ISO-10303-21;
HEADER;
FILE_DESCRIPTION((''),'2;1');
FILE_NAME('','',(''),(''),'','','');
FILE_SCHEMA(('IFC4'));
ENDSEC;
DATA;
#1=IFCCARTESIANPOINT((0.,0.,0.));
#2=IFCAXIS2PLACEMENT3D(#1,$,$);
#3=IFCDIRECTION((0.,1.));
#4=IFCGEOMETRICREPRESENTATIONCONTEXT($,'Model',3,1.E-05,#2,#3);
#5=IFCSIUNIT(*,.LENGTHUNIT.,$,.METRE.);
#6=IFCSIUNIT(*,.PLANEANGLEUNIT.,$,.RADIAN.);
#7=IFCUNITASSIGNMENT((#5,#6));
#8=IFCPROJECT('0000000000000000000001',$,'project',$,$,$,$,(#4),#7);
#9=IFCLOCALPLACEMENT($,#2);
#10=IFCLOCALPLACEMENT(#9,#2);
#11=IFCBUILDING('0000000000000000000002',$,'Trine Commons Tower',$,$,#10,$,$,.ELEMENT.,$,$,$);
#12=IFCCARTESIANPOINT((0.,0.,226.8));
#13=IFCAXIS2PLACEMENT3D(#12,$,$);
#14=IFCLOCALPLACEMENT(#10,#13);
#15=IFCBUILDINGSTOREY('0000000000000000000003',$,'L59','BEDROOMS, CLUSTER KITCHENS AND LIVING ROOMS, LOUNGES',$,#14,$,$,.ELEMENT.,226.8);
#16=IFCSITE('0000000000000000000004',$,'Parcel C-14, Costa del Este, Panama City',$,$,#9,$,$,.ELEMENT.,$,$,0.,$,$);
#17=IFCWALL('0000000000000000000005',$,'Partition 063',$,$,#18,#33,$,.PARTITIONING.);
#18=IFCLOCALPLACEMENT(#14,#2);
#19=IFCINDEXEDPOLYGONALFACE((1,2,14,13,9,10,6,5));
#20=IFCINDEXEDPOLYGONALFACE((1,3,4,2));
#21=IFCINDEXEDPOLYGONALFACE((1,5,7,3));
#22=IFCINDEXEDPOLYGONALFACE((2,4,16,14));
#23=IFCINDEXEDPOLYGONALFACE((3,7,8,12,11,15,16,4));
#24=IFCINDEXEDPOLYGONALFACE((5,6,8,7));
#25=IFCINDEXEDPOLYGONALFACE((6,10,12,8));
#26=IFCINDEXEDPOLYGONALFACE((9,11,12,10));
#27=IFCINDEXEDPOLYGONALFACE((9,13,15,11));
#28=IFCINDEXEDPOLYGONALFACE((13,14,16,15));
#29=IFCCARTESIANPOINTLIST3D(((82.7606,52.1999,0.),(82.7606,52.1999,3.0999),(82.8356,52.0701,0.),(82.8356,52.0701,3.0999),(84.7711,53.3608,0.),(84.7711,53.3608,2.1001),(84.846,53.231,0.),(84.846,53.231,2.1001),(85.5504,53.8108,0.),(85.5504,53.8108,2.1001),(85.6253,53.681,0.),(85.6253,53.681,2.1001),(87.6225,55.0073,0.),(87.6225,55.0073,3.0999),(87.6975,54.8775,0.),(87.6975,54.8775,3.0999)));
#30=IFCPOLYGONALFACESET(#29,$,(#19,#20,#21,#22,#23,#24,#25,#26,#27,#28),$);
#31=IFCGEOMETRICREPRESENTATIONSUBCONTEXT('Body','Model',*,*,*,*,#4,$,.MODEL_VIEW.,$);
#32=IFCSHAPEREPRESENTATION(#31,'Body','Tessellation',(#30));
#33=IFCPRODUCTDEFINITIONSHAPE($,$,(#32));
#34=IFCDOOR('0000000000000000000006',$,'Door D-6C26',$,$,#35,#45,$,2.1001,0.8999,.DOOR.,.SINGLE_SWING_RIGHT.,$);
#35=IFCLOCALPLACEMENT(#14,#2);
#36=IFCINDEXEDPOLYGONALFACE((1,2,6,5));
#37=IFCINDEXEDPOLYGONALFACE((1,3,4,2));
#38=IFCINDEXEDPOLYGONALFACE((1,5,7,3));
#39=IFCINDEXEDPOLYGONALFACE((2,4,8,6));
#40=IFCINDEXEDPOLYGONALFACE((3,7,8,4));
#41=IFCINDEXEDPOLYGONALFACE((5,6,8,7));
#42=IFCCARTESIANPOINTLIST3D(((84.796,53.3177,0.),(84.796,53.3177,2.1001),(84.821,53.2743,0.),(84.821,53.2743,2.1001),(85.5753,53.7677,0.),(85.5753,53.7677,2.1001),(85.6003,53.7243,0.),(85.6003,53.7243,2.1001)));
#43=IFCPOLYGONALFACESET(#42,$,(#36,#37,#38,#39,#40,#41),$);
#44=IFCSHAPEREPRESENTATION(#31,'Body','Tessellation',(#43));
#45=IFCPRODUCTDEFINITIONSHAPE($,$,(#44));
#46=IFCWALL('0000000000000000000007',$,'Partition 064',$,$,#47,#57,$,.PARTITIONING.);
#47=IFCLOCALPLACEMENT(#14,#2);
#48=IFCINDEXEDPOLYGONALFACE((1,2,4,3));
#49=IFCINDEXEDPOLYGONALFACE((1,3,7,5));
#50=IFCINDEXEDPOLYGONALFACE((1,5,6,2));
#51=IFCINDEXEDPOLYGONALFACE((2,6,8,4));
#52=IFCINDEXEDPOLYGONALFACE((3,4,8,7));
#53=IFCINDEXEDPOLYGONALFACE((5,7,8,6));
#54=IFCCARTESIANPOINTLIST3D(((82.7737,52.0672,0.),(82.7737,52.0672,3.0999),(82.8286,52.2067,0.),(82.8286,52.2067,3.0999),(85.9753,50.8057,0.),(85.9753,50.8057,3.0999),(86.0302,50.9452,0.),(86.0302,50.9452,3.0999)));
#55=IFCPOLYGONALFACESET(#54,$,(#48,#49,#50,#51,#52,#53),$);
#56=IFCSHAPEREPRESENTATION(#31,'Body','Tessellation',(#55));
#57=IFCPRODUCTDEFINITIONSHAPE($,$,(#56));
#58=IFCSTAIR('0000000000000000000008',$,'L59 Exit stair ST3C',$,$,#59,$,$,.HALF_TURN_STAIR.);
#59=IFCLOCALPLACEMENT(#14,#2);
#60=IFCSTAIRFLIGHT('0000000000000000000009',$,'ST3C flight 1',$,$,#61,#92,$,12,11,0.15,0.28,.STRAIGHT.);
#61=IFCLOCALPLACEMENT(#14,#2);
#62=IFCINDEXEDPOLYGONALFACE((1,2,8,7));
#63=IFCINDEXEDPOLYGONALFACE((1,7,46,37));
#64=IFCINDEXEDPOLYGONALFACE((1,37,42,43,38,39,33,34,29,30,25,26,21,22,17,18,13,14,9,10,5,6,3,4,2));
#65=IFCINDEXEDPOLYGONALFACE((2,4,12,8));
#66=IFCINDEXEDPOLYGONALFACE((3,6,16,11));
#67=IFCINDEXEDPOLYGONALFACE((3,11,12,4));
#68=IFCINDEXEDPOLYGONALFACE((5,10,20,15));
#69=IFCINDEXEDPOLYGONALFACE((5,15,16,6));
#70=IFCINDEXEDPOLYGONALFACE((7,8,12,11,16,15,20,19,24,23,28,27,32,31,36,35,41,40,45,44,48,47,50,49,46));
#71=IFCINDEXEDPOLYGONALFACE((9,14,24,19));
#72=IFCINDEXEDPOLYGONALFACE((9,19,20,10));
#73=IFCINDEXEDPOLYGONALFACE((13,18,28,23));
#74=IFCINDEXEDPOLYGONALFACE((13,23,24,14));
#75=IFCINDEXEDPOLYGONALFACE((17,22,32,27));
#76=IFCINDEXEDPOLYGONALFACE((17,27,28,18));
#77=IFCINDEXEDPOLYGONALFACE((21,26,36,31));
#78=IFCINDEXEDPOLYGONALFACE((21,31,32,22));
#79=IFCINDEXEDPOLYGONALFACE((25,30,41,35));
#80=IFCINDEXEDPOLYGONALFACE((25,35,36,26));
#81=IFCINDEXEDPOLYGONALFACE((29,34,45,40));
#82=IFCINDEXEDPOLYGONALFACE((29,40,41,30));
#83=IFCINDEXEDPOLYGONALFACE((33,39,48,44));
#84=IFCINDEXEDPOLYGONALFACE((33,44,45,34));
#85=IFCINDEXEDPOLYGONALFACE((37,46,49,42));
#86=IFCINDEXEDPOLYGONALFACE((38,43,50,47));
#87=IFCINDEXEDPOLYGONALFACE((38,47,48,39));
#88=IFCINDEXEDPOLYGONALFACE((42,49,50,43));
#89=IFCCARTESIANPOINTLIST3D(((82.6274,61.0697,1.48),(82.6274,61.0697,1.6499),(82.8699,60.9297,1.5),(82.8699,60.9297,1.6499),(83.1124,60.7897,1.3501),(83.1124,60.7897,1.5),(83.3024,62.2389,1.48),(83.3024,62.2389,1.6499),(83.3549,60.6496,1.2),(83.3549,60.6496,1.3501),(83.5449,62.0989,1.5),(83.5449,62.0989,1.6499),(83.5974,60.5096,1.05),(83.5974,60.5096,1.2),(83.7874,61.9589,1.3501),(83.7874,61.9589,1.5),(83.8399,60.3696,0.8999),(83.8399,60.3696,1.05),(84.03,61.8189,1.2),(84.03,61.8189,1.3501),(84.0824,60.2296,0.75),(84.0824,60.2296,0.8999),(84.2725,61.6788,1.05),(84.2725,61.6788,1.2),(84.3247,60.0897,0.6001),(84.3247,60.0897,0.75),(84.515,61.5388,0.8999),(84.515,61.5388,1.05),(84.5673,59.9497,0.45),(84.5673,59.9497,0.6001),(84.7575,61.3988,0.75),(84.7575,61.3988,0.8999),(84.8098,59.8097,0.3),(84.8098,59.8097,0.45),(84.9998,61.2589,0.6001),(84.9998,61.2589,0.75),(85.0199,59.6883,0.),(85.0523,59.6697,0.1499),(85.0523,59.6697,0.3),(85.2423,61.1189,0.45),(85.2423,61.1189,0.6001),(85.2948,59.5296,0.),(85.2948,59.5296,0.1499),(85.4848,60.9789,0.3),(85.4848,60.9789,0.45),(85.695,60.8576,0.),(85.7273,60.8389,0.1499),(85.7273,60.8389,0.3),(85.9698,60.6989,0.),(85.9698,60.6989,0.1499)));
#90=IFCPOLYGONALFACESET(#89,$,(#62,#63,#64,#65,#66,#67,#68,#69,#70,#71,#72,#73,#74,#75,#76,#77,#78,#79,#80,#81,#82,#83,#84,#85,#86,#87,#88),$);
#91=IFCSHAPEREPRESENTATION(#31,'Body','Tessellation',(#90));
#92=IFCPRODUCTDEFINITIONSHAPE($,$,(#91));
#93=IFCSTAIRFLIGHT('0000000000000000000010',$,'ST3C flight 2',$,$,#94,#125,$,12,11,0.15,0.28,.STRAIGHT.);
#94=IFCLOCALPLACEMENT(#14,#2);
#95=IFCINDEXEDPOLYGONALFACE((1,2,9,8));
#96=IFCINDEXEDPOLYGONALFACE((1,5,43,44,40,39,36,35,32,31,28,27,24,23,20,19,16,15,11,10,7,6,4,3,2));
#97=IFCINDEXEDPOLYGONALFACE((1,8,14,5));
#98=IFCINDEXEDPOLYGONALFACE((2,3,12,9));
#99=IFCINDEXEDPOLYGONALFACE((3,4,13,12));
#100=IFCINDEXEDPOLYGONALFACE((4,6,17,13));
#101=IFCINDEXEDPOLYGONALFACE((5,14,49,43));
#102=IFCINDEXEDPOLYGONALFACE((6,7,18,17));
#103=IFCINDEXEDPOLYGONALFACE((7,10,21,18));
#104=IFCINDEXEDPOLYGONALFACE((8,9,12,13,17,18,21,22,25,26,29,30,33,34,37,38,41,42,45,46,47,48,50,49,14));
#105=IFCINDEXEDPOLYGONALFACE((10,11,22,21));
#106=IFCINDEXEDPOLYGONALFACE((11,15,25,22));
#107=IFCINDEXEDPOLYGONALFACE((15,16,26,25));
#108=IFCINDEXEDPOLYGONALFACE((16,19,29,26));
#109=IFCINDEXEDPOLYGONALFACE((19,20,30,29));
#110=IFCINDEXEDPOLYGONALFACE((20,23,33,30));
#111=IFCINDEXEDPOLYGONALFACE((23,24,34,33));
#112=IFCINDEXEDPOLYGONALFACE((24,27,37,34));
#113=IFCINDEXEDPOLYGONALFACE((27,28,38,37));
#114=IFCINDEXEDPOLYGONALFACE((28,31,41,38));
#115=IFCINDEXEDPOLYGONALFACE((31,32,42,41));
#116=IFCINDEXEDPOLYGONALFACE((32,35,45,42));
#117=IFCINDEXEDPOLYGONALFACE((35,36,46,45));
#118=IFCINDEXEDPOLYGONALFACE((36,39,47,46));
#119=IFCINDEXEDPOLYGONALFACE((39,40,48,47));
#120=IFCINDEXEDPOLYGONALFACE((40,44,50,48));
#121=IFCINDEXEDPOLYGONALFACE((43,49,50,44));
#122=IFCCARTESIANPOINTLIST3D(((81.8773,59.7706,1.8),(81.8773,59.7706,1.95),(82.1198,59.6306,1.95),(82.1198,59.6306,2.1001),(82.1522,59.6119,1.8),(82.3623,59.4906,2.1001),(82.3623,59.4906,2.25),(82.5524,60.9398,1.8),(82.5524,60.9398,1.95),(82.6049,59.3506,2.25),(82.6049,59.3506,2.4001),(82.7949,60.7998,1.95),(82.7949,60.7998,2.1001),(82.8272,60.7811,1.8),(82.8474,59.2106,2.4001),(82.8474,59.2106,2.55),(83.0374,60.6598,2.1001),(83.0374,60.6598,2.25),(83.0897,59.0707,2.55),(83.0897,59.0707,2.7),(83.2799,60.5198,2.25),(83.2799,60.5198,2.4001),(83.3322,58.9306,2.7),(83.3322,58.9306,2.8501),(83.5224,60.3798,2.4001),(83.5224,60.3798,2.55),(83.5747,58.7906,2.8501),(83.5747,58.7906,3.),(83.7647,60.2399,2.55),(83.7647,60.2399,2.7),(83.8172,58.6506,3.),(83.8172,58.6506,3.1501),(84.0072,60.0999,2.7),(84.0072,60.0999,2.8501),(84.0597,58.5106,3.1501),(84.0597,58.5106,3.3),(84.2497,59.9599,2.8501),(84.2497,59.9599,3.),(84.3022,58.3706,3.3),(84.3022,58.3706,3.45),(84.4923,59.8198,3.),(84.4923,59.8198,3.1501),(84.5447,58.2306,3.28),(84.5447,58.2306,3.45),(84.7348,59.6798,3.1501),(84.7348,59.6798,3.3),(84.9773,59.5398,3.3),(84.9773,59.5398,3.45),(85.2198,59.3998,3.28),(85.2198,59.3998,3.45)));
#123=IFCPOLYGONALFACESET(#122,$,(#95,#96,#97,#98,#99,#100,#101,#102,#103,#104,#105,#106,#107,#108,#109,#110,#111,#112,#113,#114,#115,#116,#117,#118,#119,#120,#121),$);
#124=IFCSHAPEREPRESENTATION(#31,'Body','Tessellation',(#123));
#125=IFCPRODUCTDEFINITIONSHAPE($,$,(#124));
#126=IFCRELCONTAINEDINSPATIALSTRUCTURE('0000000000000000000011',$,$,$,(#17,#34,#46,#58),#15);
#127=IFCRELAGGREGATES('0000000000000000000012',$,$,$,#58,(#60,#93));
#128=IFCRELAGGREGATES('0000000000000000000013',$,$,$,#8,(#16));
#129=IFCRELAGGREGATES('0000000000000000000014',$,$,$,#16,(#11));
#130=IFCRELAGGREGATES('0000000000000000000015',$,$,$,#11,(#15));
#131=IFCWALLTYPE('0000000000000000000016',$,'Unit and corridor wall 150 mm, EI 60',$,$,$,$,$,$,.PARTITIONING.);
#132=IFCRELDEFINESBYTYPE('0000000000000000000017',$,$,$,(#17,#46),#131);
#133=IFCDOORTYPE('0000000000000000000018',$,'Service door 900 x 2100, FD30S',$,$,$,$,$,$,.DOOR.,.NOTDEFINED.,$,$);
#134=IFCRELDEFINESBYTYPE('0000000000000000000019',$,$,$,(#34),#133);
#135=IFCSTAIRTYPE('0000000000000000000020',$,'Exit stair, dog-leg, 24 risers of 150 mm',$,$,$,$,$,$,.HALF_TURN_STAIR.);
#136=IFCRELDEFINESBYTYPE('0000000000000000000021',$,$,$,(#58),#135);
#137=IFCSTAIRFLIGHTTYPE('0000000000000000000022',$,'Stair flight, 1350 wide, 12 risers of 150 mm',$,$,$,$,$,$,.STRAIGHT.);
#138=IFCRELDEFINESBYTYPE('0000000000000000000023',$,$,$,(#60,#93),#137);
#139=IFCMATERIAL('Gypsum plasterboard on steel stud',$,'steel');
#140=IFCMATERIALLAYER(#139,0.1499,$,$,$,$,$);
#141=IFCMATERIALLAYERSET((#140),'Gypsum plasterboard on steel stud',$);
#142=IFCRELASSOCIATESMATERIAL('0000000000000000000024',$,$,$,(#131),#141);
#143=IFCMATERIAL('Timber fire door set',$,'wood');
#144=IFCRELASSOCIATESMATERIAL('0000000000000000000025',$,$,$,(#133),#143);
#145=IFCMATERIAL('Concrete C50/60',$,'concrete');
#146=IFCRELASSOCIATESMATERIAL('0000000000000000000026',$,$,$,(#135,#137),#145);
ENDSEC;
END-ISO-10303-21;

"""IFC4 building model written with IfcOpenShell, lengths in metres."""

from ifc_helpers import new_model, si_unit, direction, frame, frame_2d, origin, place, context, subcontext, project, spatial, polyline, rectangle, outline, extrude, material, layer, layer_set, type_object, element, fill, aggregate, save


model = new_model("IFC4")

# Units and contexts
model_context = context("Model", 3, precision=1e-05, world=origin(), true_north=direction((0.0, 1.0)))
body_context = subcontext(model_context, "Body", "Model", "MODEL_VIEW")
ifc_project = project(units=[si_unit("LENGTHUNIT", "METRE"), si_unit("PLANEANGLEUNIT", "RADIAN")], contexts=[model_context])

# Site, building, storey
site_placement = place(None, origin())
site = spatial("IfcSite", under=ifc_project, at=site_placement, Name="Parcel C-14, Costa del Este, Panama City", CompositionType="ELEMENT", RefElevation=0.0)
building_placement = place(site_placement, origin())
building = spatial("IfcBuilding", under=site, at=building_placement, Name="Trine Commons Tower", CompositionType="ELEMENT")
storey_placement = place(building_placement, frame((0.0, 0.0, 226.8)))
storey = spatial("IfcBuildingStorey", under=building, at=storey_placement, Name="L59", Description="BEDROOMS, CLUSTER KITCHENS AND LIVING ROOMS, LOUNGES", CompositionType="ELEMENT", Elevation=226.8)

# Wall, opening, door
ifc_material_1 = material(Name="Gypsum plasterboard on steel stud", Category="steel")
ifc_layer_1 = layer(ifc_material_1, 0.1499)
ifc_layer_set_1 = layer_set([ifc_layer_1], Name="Gypsum plasterboard on steel stud")
wall_type_1 = type_object("IfcWallType", Name="Unit and corridor wall 150 mm, EI 60", PredefinedType="PARTITIONING", material=ifc_layer_set_1)
wall_1_placement = place(storey_placement, frame((82.7981, 52.135, 0.0), z_axis=(0.0, 0.0, 1.0), x_axis=(0.865994, 0.500054, 0.0)))
wall_1 = element("IfcWall", 1, at=wall_1_placement, inside=storey, type_object=wall_type_1, Name="Partition 063", PredefinedType="PARTITIONING", context=body_context, shape_type="SweptSolid", body=[
    extrude(rectangle(XDim=5.6143, YDim=0.1499, at=frame_2d((2.8071, 0.0))), origin(), (0.0, 0.0, 1.0), 3.0999),
])
opening_1_placement = place(wall_1_placement, frame((2.3215, 0.0, 0.0)))
opening_1 = element("IfcOpeningElement", 2, at=opening_1_placement, cuts=wall_1, PredefinedType="OPENING", context=body_context, shape_type="SweptSolid", body=[
    extrude(rectangle(XDim=0.8999, YDim=2.1001, at=frame_2d((0.45, 1.05))), frame((0.0, 0.085, 0.0), z_axis=(0.0, -1.0, 0.0), x_axis=(1.0, 0.0, 0.0)), (0.0, 0.0, 1.0), 0.1699),
])
ifc_material_2 = material(Name="Timber fire door set", Category="wood")
door_type_1 = type_object("IfcDoorType", Name="Service door 900 x 2100, FD30S", OperationType="NOTDEFINED", PredefinedType="DOOR", material=ifc_material_2)
door_1_placement = place(opening_1_placement, frame((0.8999, 0.0, 0.0), z_axis=(0.0, 0.0, 1.0), x_axis=(-1.0, 0.0, 0.0)))
door_1 = element("IfcDoor", 3, at=door_1_placement, inside=storey, type_object=door_type_1, Name="Door D-6C26", OperationType="SINGLE_SWING_RIGHT", OverallHeight=2.1001, OverallWidth=0.8999, PredefinedType="DOOR", context=body_context, shape_type="SweptSolid", body=[
    extrude(rectangle(XDim=0.8999, YDim=2.1001, at=frame_2d((0.45, 1.05))), frame((0.0, 0.0249, 0.0), z_axis=(0.0, -1.0, 0.0), x_axis=(1.0, 0.0, 0.0)), (0.0, 0.0, 1.0), 0.05),
])
fill(opening_1, door_1)

# Wall
wall_2_placement = place(storey_placement, frame((82.801, 52.137, 0.0), z_axis=(0.0, 0.0, 1.0), x_axis=(0.930387, -0.366578, 0.0)))
element("IfcWall", 4, at=wall_2_placement, inside=storey, type_object=wall_type_1, Name="Partition 064", PredefinedType="PARTITIONING", context=body_context, shape_type="SweptSolid", body=[
    extrude(rectangle(XDim=3.4412, YDim=0.1499, at=frame_2d((1.7207, 0.0))), origin(), (0.0, 0.0, 1.0), 3.0999),
])

# Stair, stair flights
ifc_material_3 = material(Name="Concrete C50/60", Category="concrete")
stair_type = type_object("IfcStairType", Name="Exit stair, dog-leg, 24 risers of 150 mm", PredefinedType="HALF_TURN_STAIR", material=ifc_material_3)
stair_placement = place(storey_placement, origin())
stair = element("IfcStair", 5, at=stair_placement, inside=storey, type_object=stair_type, Name="L59 Exit stair ST3C", PredefinedType="HALF_TURN_STAIR")
stair_flight_type = type_object("IfcStairFlightType", Name="Stair flight, 1350 wide, 12 risers of 150 mm", PredefinedType="STRAIGHT", material=ifc_material_3)
stair_flight_1_placement = place(storey_placement, frame((85.6323, 60.1143, 0.0), z_axis=(0.0, 0.0, 1.0), x_axis=(-0.866025, 0.5, 0.0)))
stair_flight_1 = element("IfcStairFlight", 6, at=stair_flight_1_placement, type_object=stair_flight_type, Name="ST3C flight 1", NumberOfRisers=12, NumberOfTreads=11, PredefinedType="STRAIGHT", RiserHeight=0.15, TreadLength=0.28, context=body_context, shape_type="SweptSolid", body=[
    extrude(outline(polyline([(0.0, 0.0), (0.0, 0.1499), (0.28, 0.1499), (0.28, 0.3), (0.5601, 0.3), (0.5601, 0.45), (0.8401, 0.45), (0.8401, 0.6001), (1.1201, 0.6001), (1.1201, 0.75), (1.3999, 0.75), (1.3999, 0.8999), (1.6799, 0.8999), (1.6799, 1.05), (1.96, 1.05), (1.96, 1.2), (2.24, 1.2), (2.24, 1.3501), (2.52, 1.3501), (2.52, 1.5), (2.8, 1.5), (2.8, 1.6499), (3.0801, 1.6499), (3.0801, 1.8), (3.0801, 1.48), (0.3174, 0.0), (0.0, 0.0)])), frame((0.0, 0.675, 0.0), z_axis=(0.0, -1.0, 0.0), x_axis=(1.0, 0.0, 0.0)), (0.0, 0.0, 1.0), 1.3501),
])
stair_flight_2_placement = place(storey_placement, frame((82.2148, 60.3552, 1.8), z_axis=(0.0, 0.0, 1.0), x_axis=(0.866025, -0.5, 0.0)))
stair_flight_2 = element("IfcStairFlight", 7, at=stair_flight_2_placement, type_object=stair_flight_type, Name="ST3C flight 2", NumberOfRisers=12, NumberOfTreads=11, PredefinedType="STRAIGHT", RiserHeight=0.15, TreadLength=0.28, context=body_context, shape_type="SweptSolid", body=[
    extrude(outline(polyline([(0.0, 0.0), (0.0, 0.1499), (0.28, 0.1499), (0.28, 0.3), (0.5601, 0.3), (0.5601, 0.45), (0.8401, 0.45), (0.8401, 0.6001), (1.1201, 0.6001), (1.1201, 0.75), (1.3999, 0.75), (1.3999, 0.8999), (1.6799, 0.8999), (1.6799, 1.05), (1.96, 1.05), (1.96, 1.2), (2.24, 1.2), (2.24, 1.3501), (2.52, 1.3501), (2.52, 1.5), (2.8, 1.5), (2.8, 1.6499), (3.0801, 1.6499), (3.0801, 1.8), (3.0801, 1.48), (0.3174, 0.0), (0.0, 0.0)])), frame((0.0, 0.675, 0.0), z_axis=(0.0, -1.0, 0.0), x_axis=(1.0, 0.0, 0.0)), (0.0, 0.0, 1.0), 1.3501),
])
aggregate(stair, [stair_flight_1, stair_flight_2])

save(model, "model.ifc")
